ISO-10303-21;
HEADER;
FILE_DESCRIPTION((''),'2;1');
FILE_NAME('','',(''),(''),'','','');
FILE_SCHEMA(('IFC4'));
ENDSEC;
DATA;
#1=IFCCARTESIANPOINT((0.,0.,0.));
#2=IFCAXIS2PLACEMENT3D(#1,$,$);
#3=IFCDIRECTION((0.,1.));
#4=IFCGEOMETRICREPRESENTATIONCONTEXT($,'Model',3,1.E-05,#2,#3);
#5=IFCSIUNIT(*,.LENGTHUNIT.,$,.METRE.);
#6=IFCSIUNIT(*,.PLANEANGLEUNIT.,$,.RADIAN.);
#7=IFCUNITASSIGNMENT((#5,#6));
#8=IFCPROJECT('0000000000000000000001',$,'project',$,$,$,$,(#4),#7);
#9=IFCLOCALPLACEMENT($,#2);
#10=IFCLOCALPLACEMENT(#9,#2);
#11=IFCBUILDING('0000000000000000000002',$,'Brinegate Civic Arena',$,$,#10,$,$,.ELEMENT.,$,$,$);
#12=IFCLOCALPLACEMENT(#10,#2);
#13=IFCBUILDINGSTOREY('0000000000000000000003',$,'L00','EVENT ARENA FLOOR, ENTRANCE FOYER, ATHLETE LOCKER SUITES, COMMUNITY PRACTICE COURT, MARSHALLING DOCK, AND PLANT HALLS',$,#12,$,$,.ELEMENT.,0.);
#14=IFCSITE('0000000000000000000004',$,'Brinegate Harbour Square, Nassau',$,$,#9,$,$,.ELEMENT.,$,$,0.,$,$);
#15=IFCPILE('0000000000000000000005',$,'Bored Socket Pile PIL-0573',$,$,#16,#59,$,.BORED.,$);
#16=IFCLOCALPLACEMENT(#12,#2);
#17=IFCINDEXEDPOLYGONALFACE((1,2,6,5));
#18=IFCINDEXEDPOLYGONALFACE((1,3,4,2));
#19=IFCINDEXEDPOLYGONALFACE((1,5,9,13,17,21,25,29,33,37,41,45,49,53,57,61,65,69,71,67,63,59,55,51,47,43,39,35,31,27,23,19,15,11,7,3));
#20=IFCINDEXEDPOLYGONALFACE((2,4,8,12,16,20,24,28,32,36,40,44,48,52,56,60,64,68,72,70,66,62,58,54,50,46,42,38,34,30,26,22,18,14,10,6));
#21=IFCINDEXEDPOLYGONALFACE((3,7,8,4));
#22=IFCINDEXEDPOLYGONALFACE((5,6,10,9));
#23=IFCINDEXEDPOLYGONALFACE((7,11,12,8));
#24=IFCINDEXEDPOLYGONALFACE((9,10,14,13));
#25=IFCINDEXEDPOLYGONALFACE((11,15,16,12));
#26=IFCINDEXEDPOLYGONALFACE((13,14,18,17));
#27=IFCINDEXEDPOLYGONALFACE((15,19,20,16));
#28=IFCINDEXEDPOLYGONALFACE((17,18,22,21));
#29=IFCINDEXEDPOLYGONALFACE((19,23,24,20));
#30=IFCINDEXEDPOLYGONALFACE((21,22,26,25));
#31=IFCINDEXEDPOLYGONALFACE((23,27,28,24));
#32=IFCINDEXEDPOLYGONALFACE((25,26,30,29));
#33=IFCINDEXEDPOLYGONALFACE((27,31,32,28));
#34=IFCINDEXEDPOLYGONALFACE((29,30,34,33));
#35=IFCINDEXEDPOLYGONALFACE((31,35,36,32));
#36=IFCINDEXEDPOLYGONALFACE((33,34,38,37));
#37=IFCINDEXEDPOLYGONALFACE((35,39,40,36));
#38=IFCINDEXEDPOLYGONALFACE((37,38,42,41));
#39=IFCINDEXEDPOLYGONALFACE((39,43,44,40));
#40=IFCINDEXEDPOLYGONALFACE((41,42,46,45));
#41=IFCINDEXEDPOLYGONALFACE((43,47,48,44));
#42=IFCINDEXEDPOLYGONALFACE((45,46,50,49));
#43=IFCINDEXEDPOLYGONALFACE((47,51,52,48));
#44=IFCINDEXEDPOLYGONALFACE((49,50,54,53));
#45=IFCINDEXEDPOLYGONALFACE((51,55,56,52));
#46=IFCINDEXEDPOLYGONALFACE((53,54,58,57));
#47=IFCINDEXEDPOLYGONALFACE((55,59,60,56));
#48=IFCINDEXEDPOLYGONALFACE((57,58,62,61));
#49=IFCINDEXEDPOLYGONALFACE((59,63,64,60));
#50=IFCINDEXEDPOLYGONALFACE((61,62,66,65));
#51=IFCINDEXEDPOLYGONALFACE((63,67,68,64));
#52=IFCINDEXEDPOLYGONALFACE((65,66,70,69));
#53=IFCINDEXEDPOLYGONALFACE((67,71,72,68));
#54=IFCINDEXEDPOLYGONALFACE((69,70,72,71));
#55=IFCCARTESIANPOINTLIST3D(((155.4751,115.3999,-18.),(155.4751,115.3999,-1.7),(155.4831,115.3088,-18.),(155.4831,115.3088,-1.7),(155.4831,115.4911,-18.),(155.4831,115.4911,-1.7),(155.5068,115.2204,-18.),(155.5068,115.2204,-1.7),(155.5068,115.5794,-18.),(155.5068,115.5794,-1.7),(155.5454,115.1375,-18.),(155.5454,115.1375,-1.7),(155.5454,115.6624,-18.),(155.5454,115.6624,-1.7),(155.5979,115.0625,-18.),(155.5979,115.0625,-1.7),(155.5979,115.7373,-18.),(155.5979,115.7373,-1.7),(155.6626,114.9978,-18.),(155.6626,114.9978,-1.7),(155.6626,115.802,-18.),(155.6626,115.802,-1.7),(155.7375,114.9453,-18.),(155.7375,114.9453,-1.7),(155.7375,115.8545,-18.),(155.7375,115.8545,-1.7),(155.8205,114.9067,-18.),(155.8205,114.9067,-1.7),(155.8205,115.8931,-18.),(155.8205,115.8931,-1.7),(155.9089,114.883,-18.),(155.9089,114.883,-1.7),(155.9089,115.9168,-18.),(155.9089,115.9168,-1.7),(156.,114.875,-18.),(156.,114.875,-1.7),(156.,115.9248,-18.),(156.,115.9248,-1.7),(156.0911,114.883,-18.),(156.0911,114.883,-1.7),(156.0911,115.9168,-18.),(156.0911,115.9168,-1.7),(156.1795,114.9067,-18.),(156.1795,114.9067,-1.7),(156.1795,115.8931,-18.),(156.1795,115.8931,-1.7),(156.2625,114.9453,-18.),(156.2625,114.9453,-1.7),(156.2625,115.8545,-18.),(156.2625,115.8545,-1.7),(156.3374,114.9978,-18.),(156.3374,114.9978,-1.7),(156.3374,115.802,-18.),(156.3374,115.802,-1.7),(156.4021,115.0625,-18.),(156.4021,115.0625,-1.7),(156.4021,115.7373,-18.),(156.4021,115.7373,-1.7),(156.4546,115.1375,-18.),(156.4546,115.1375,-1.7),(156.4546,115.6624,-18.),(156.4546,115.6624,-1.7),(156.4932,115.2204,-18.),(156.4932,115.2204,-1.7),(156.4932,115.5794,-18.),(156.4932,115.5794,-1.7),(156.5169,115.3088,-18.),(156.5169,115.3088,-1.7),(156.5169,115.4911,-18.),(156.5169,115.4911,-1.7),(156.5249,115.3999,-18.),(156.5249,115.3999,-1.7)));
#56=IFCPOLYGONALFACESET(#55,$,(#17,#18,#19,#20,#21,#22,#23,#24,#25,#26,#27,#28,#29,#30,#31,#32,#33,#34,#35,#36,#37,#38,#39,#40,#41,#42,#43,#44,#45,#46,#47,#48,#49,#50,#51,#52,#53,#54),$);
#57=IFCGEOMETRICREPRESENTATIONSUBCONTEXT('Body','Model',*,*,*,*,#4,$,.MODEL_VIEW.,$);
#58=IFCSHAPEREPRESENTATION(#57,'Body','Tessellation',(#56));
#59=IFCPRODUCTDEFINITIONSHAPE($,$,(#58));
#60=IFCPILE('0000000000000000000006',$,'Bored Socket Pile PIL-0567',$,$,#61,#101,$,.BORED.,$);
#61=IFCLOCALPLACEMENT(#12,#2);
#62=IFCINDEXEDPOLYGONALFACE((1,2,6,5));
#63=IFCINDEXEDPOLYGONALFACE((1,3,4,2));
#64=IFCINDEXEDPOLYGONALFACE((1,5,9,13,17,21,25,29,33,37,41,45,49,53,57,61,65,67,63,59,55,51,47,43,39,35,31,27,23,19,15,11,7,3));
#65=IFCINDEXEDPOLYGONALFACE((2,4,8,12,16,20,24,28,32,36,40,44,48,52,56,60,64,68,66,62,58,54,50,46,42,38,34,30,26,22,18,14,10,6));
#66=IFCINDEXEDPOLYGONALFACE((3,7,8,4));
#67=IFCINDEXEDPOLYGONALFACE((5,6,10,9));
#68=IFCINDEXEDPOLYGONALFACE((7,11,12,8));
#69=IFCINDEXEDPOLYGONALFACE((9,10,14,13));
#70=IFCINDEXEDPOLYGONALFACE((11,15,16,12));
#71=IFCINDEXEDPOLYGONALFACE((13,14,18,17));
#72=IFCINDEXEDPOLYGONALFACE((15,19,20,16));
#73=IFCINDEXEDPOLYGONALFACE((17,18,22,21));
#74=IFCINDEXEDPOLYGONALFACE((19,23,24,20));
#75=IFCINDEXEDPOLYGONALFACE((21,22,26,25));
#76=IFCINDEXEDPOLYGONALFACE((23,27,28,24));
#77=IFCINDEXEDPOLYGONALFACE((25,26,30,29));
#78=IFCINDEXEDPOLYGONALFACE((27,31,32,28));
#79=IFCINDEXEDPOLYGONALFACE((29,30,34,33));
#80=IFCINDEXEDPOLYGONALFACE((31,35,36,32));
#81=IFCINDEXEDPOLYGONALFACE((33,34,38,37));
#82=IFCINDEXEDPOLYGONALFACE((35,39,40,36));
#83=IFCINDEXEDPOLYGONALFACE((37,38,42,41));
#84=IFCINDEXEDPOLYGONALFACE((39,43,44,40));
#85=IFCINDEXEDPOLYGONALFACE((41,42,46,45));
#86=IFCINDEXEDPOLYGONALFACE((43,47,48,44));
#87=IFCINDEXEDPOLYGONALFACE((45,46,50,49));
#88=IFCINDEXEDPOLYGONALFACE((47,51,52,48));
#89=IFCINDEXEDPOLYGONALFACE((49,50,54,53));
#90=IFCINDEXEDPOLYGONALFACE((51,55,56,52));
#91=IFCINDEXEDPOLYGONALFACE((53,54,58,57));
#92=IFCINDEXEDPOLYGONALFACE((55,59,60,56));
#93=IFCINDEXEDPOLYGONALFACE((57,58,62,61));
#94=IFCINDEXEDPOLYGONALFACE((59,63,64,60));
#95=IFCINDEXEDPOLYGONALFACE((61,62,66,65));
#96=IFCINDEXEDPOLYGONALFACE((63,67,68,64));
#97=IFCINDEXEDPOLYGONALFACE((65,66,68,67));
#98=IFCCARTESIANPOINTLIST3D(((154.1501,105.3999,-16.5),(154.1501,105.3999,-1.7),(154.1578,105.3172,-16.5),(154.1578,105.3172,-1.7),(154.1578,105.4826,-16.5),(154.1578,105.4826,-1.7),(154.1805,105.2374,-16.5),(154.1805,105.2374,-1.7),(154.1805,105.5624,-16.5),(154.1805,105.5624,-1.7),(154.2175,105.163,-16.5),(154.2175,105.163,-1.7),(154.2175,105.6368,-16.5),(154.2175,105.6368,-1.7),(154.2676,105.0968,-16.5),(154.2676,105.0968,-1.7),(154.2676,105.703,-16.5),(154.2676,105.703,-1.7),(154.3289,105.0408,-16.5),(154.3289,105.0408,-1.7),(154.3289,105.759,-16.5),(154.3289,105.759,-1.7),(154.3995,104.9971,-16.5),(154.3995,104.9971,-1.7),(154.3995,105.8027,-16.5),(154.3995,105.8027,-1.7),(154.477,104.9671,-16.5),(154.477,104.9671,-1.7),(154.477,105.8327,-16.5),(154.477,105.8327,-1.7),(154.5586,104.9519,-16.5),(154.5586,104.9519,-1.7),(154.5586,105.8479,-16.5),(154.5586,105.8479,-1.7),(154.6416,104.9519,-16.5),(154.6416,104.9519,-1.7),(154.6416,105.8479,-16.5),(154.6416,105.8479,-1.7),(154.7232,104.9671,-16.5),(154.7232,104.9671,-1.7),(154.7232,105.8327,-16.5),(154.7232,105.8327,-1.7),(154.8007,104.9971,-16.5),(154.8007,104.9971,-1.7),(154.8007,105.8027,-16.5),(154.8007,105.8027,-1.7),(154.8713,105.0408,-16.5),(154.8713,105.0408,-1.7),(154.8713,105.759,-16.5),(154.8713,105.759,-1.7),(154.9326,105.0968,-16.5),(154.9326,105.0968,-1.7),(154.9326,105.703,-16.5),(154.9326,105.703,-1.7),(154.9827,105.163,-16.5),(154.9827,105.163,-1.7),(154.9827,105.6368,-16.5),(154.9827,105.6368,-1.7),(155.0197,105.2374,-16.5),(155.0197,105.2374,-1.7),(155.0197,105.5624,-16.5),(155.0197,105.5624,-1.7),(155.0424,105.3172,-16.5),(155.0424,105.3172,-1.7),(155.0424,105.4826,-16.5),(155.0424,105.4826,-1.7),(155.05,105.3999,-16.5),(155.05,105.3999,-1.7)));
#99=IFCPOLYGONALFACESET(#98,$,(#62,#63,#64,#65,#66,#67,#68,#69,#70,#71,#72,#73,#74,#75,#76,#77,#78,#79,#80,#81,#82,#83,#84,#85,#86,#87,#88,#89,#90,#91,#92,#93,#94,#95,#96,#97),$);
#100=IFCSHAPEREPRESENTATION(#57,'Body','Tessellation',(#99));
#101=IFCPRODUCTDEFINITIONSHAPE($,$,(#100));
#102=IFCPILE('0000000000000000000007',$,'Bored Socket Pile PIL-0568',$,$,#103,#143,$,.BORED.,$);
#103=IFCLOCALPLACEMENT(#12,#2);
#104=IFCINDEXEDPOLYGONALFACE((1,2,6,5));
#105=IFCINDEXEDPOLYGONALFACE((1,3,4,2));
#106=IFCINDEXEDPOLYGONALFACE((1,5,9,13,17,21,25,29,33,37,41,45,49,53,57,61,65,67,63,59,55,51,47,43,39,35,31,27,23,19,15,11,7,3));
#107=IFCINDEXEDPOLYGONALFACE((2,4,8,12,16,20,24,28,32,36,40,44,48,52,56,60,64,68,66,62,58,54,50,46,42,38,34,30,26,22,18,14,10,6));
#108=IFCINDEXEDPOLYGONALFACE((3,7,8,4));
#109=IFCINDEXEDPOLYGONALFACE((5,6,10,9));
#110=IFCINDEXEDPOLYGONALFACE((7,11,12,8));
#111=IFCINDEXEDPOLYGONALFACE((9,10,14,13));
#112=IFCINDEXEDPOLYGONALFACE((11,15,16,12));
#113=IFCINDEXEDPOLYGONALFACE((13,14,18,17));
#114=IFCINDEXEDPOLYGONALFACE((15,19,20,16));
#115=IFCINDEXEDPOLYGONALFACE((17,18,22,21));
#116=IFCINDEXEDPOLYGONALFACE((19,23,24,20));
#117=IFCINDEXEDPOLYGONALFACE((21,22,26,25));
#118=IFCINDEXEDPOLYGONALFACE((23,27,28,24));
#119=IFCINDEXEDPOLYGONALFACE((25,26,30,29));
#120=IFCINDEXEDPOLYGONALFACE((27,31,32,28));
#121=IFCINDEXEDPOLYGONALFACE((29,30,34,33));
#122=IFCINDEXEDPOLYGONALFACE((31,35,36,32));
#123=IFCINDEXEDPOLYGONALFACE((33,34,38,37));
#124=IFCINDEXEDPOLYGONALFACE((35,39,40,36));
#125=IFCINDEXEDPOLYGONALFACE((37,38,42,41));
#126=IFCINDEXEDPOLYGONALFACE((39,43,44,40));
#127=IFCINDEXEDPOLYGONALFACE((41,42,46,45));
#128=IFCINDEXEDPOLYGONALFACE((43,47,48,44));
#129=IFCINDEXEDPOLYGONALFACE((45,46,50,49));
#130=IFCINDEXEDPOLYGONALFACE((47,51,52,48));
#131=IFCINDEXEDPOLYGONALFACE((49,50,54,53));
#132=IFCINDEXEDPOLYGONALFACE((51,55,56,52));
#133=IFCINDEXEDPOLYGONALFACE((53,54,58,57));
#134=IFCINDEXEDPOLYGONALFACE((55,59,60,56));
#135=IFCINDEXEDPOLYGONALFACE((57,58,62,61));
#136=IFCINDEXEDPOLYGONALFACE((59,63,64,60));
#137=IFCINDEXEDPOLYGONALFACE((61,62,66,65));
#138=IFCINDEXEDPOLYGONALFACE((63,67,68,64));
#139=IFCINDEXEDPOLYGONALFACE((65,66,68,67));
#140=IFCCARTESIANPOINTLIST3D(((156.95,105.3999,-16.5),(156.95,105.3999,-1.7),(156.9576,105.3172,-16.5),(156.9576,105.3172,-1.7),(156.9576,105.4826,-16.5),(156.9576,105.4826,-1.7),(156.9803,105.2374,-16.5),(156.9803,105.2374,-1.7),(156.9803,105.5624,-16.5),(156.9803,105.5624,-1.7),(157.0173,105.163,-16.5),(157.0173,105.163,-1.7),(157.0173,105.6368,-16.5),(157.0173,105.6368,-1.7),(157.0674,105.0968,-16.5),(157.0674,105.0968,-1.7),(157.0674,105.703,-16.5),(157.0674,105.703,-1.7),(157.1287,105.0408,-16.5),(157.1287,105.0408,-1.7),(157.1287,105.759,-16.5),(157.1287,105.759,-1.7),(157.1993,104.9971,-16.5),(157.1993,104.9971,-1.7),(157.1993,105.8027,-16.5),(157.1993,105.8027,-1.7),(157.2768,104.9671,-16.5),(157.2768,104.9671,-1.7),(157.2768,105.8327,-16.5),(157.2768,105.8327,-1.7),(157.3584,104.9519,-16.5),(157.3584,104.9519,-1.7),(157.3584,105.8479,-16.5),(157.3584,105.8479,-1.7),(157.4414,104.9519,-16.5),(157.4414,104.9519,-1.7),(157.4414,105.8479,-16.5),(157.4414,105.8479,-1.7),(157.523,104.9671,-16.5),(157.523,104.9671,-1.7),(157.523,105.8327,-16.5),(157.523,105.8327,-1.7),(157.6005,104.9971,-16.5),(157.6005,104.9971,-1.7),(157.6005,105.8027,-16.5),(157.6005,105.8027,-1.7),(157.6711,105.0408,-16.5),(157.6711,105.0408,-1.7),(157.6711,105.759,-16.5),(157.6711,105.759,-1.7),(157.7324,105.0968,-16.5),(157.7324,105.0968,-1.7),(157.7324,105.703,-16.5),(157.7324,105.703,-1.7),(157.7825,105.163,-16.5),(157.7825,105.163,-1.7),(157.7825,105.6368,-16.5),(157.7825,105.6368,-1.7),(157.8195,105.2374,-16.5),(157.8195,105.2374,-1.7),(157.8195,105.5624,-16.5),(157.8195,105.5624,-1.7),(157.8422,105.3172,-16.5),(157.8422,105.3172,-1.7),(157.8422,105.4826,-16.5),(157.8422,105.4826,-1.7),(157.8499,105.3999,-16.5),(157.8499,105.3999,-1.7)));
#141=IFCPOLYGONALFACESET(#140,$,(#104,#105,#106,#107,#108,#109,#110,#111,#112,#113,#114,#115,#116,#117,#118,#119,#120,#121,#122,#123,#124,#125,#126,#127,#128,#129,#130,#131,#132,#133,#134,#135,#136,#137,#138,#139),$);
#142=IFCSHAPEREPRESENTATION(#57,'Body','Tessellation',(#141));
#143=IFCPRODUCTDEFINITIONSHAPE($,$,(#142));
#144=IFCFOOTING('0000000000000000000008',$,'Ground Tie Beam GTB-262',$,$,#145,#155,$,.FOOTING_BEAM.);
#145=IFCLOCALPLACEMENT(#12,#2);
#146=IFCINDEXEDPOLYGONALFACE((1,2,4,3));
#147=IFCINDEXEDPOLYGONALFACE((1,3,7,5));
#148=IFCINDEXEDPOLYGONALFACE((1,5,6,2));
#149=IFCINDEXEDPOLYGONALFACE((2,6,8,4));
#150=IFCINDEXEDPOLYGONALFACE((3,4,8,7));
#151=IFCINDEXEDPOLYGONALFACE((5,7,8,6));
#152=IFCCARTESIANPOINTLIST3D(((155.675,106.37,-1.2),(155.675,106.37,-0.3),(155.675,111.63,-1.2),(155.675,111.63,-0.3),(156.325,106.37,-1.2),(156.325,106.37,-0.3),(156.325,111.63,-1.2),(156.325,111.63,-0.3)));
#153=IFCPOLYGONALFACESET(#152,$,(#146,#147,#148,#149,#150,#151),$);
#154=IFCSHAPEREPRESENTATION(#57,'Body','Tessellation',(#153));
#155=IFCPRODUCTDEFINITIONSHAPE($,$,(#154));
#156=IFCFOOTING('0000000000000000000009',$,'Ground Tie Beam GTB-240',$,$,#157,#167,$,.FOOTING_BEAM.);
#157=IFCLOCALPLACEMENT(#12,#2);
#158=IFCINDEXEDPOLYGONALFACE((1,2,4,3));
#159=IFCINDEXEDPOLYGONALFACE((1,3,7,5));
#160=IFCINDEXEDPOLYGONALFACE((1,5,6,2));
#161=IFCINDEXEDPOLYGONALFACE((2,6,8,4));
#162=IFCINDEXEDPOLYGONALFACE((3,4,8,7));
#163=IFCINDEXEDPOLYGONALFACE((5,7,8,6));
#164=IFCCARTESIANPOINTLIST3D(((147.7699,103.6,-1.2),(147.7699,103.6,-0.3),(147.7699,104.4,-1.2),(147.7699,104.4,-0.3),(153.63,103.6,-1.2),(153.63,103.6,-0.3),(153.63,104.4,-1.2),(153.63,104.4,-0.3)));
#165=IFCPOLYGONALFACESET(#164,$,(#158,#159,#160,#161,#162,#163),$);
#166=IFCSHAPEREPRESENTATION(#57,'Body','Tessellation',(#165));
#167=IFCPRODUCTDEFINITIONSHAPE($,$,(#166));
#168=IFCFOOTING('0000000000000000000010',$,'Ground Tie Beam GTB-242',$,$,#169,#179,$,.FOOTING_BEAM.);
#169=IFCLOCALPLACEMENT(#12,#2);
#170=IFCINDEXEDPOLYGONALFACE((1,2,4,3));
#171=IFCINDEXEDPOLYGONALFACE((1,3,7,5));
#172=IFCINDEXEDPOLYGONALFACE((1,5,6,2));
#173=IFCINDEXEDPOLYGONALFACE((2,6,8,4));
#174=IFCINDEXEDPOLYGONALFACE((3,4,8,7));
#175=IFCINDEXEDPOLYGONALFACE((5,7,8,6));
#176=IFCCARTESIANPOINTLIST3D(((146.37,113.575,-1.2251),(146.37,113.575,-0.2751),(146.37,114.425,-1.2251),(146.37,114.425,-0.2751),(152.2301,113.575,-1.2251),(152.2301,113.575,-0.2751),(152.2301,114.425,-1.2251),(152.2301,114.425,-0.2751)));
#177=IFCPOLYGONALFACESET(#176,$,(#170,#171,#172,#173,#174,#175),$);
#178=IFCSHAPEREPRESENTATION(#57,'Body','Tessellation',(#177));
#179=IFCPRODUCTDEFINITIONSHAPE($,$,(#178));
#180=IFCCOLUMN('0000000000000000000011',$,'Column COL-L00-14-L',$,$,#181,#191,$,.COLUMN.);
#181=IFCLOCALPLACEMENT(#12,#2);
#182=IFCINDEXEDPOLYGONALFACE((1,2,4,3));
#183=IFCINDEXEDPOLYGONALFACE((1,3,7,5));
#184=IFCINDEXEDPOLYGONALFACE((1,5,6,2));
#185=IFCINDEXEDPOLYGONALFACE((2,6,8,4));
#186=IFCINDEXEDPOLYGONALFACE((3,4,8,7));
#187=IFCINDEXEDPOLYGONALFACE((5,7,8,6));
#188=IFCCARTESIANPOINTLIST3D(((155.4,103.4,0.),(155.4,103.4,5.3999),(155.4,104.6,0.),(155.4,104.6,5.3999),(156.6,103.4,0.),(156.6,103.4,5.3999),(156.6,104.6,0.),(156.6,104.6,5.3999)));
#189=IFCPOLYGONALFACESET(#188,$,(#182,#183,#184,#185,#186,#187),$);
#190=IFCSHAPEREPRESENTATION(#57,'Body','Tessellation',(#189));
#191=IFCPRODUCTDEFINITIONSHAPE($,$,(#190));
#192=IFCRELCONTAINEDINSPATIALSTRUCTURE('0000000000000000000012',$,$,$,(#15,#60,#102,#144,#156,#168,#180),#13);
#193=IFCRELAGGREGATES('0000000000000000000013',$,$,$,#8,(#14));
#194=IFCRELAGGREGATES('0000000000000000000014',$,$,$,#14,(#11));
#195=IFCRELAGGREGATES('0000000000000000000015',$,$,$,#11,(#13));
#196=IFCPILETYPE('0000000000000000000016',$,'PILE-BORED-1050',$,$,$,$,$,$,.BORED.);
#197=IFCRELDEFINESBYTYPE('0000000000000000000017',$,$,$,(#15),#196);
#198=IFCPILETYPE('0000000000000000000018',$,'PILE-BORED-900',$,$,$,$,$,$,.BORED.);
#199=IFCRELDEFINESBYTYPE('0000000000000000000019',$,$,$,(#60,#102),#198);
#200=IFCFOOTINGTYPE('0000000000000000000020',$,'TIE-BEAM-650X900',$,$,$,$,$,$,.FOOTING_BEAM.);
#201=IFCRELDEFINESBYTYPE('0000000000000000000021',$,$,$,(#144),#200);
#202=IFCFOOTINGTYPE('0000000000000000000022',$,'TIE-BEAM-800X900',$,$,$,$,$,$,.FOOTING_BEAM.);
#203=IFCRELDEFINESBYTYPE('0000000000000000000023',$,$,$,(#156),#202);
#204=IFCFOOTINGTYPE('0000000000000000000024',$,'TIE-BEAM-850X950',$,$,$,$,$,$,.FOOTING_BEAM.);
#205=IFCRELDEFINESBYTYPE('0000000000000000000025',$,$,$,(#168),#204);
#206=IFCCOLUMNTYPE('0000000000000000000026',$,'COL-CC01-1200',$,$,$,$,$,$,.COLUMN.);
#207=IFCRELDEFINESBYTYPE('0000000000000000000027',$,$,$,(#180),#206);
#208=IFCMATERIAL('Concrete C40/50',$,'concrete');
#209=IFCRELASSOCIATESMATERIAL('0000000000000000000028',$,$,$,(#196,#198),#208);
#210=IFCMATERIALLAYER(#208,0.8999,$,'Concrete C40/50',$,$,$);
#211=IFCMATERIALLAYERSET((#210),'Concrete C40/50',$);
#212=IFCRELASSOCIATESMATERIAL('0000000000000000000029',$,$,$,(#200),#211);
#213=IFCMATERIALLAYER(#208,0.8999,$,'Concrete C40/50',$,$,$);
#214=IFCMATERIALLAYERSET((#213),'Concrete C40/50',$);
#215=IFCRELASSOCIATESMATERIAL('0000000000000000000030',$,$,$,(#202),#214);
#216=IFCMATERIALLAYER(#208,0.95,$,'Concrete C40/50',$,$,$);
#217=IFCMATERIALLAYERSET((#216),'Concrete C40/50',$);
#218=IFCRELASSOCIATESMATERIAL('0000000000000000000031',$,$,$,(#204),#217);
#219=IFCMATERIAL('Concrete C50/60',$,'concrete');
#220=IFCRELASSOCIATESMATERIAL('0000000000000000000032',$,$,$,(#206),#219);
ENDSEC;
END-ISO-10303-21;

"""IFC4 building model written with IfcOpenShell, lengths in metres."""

from ifc_helpers import new_model, si_unit, direction, frame, origin, origin_2d, place, context, subcontext, project, spatial, rectangle, circle, extrude, material, layer, layer_set, material_profile, profile_set, type_object, element, save


model = new_model("IFC4")

# Units and contexts
model_context = context("Model", 3, precision=1e-05, world=origin(), true_north=direction((0.0, 1.0)))
body_context = subcontext(model_context, "Body", "Model", "MODEL_VIEW")
ifc_project = project(units=[si_unit("LENGTHUNIT", "METRE"), si_unit("PLANEANGLEUNIT", "RADIAN")], contexts=[model_context])

# Site, building, storey
site_placement = place(None, origin())
site = spatial("IfcSite", under=ifc_project, at=site_placement, Name="Brinegate Harbour Square, Nassau", CompositionType="ELEMENT", RefElevation=0.0)
building_placement = place(site_placement, origin())
building = spatial("IfcBuilding", under=site, at=building_placement, Name="Brinegate Civic Arena", CompositionType="ELEMENT")
storey_placement = place(building_placement, origin())
storey = spatial("IfcBuildingStorey", under=building, at=storey_placement, Name="L00", Description="EVENT ARENA FLOOR, ENTRANCE FOYER, ATHLETE LOCKER SUITES, COMMUNITY PRACTICE COURT, MARSHALLING DOCK, AND PLANT HALLS", CompositionType="ELEMENT", Elevation=0.0)

# Shared definitions
ifc_material_1 = material(Name="Concrete C40/50", Category="concrete")

# Piles
ifc_material_profile_1 = material_profile(ifc_material_1, circle(Radius=0.5249, at=origin_2d()), Name="PILED1050")
ifc_profile_set_1 = profile_set([ifc_material_profile_1], Name="Concrete C40/50")
pile_type_1 = type_object("IfcPileType", Name="PILE-BORED-1050", PredefinedType="BORED", material=ifc_profile_set_1)
for number, where, z_axis, x_axis, name in (
    (1, (156.0, 115.3999, -1.7), (0.0, 0.0, -1.0), (1.0, 0.0, 0.0), "Bored Socket Pile PIL-0573"),
):
    element("IfcPile", number, at=place(storey_placement, frame(where, z_axis=z_axis, x_axis=x_axis)), inside=storey, type_object=pile_type_1, Name=name, PredefinedType="BORED", context=body_context, shape_type="SweptSolid", body=[
        extrude(circle(Radius=0.5249, at=origin_2d()), origin(), (0.0, 0.0, 1.0), 16.3),
    ])
ifc_material_profile_2 = material_profile(ifc_material_1, circle(Radius=0.45, at=origin_2d()), Name="PILED900")
ifc_profile_set_2 = profile_set([ifc_material_profile_2], Name="Concrete C40/50")
pile_type_2 = type_object("IfcPileType", Name="PILE-BORED-900", PredefinedType="BORED", material=ifc_profile_set_2)
for number, where, z_axis, x_axis, name in (
    (2, (154.6001, 105.3999, -1.7), (0.0, 0.0, -1.0), (1.0, 0.0, 0.0), "Bored Socket Pile PIL-0567"),
    (3, (157.3999, 105.3999, -1.7), (0.0, 0.0, -1.0), (1.0, 0.0, 0.0), "Bored Socket Pile PIL-0568"),
):
    element("IfcPile", number, at=place(storey_placement, frame(where, z_axis=z_axis, x_axis=x_axis)), inside=storey, type_object=pile_type_2, Name=name, PredefinedType="BORED", context=body_context, shape_type="SweptSolid", body=[
        extrude(circle(Radius=0.45, at=origin_2d()), origin(), (0.0, 0.0, 1.0), 14.8),
    ])

# Footings
ifc_layer_1 = layer(ifc_material_1, 0.8999, Name="Concrete C40/50")
ifc_layer_set_1 = layer_set([ifc_layer_1], Name="Concrete C40/50")
footing_type_1 = type_object("IfcFootingType", Name="TIE-BEAM-650X900", PredefinedType="FOOTING_BEAM", material=ifc_layer_set_1)
footing_1_placement = place(storey_placement, frame((156.0, 109.0, -1.2), z_axis=(0.0, 0.0, 1.0), x_axis=(0.0, 1.0, 0.0)))
element("IfcFooting", 4, at=footing_1_placement, inside=storey, type_object=footing_type_1, Name="Ground Tie Beam GTB-262", PredefinedType="FOOTING_BEAM", context=body_context, shape_type="SweptSolid", body=[
    extrude(rectangle(XDim=5.26, YDim=0.6499, at=origin_2d()), origin(), (0.0, 0.0, 1.0), 0.8999),
])
ifc_layer_2 = layer(ifc_material_1, 0.8999, Name="Concrete C40/50")
ifc_layer_set_2 = layer_set([ifc_layer_2], Name="Concrete C40/50")
footing_type_2 = type_object("IfcFootingType", Name="TIE-BEAM-800X900", PredefinedType="FOOTING_BEAM", material=ifc_layer_set_2)
footing_2_placement = place(storey_placement, frame((150.7, 104.0, -1.2), z_axis=(0.0, 0.0, 1.0), x_axis=(1.0, 0.0, 0.0)))
element("IfcFooting", 5, at=footing_2_placement, inside=storey, type_object=footing_type_2, Name="Ground Tie Beam GTB-240", PredefinedType="FOOTING_BEAM", context=body_context, shape_type="SweptSolid", body=[
    extrude(rectangle(XDim=5.8601, YDim=0.8, at=origin_2d()), origin(), (0.0, 0.0, 1.0), 0.8999),
])
ifc_layer_3 = layer(ifc_material_1, 0.95, Name="Concrete C40/50")
ifc_layer_set_3 = layer_set([ifc_layer_3], Name="Concrete C40/50")
footing_type_3 = type_object("IfcFootingType", Name="TIE-BEAM-850X950", PredefinedType="FOOTING_BEAM", material=ifc_layer_set_3)
footing_3_placement = place(storey_placement, frame((149.3, 114.0, -1.2251), z_axis=(0.0, 0.0, 1.0), x_axis=(1.0, 0.0, 0.0)))
element("IfcFooting", 6, at=footing_3_placement, inside=storey, type_object=footing_type_3, Name="Ground Tie Beam GTB-242", PredefinedType="FOOTING_BEAM", context=body_context, shape_type="SweptSolid", body=[
    extrude(rectangle(XDim=5.8601, YDim=0.8501, at=origin_2d()), origin(), (0.0, 0.0, 1.0), 0.95),
])

# Column
ifc_material_2 = material(Name="Concrete C50/60", Category="concrete")
ifc_material_profile_3 = material_profile(ifc_material_2, rectangle(XDim=1.2, YDim=1.2, at=origin_2d()), Name="RC1200X1200")
ifc_profile_set_3 = profile_set([ifc_material_profile_3], Name="Concrete C50/60")
column_type = type_object("IfcColumnType", Name="COL-CC01-1200", PredefinedType="COLUMN", material=ifc_profile_set_3)
for number, where, z_axis, x_axis, name in (
    (7, (156.0, 104.0, 0.0), (0.0, 0.0, 1.0), (1.0, 0.0, 0.0), "Column COL-L00-14-L"),
):
    element("IfcColumn", number, at=place(storey_placement, frame(where, z_axis=z_axis, x_axis=x_axis)), inside=storey, type_object=column_type, Name=name, PredefinedType="COLUMN", context=body_context, shape_type="SweptSolid", body=[
        extrude(rectangle(XDim=1.2, YDim=1.2, at=origin_2d()), origin(), (0.0, 0.0, 1.0), 5.3999),
    ])

save(model, "model.ifc")
